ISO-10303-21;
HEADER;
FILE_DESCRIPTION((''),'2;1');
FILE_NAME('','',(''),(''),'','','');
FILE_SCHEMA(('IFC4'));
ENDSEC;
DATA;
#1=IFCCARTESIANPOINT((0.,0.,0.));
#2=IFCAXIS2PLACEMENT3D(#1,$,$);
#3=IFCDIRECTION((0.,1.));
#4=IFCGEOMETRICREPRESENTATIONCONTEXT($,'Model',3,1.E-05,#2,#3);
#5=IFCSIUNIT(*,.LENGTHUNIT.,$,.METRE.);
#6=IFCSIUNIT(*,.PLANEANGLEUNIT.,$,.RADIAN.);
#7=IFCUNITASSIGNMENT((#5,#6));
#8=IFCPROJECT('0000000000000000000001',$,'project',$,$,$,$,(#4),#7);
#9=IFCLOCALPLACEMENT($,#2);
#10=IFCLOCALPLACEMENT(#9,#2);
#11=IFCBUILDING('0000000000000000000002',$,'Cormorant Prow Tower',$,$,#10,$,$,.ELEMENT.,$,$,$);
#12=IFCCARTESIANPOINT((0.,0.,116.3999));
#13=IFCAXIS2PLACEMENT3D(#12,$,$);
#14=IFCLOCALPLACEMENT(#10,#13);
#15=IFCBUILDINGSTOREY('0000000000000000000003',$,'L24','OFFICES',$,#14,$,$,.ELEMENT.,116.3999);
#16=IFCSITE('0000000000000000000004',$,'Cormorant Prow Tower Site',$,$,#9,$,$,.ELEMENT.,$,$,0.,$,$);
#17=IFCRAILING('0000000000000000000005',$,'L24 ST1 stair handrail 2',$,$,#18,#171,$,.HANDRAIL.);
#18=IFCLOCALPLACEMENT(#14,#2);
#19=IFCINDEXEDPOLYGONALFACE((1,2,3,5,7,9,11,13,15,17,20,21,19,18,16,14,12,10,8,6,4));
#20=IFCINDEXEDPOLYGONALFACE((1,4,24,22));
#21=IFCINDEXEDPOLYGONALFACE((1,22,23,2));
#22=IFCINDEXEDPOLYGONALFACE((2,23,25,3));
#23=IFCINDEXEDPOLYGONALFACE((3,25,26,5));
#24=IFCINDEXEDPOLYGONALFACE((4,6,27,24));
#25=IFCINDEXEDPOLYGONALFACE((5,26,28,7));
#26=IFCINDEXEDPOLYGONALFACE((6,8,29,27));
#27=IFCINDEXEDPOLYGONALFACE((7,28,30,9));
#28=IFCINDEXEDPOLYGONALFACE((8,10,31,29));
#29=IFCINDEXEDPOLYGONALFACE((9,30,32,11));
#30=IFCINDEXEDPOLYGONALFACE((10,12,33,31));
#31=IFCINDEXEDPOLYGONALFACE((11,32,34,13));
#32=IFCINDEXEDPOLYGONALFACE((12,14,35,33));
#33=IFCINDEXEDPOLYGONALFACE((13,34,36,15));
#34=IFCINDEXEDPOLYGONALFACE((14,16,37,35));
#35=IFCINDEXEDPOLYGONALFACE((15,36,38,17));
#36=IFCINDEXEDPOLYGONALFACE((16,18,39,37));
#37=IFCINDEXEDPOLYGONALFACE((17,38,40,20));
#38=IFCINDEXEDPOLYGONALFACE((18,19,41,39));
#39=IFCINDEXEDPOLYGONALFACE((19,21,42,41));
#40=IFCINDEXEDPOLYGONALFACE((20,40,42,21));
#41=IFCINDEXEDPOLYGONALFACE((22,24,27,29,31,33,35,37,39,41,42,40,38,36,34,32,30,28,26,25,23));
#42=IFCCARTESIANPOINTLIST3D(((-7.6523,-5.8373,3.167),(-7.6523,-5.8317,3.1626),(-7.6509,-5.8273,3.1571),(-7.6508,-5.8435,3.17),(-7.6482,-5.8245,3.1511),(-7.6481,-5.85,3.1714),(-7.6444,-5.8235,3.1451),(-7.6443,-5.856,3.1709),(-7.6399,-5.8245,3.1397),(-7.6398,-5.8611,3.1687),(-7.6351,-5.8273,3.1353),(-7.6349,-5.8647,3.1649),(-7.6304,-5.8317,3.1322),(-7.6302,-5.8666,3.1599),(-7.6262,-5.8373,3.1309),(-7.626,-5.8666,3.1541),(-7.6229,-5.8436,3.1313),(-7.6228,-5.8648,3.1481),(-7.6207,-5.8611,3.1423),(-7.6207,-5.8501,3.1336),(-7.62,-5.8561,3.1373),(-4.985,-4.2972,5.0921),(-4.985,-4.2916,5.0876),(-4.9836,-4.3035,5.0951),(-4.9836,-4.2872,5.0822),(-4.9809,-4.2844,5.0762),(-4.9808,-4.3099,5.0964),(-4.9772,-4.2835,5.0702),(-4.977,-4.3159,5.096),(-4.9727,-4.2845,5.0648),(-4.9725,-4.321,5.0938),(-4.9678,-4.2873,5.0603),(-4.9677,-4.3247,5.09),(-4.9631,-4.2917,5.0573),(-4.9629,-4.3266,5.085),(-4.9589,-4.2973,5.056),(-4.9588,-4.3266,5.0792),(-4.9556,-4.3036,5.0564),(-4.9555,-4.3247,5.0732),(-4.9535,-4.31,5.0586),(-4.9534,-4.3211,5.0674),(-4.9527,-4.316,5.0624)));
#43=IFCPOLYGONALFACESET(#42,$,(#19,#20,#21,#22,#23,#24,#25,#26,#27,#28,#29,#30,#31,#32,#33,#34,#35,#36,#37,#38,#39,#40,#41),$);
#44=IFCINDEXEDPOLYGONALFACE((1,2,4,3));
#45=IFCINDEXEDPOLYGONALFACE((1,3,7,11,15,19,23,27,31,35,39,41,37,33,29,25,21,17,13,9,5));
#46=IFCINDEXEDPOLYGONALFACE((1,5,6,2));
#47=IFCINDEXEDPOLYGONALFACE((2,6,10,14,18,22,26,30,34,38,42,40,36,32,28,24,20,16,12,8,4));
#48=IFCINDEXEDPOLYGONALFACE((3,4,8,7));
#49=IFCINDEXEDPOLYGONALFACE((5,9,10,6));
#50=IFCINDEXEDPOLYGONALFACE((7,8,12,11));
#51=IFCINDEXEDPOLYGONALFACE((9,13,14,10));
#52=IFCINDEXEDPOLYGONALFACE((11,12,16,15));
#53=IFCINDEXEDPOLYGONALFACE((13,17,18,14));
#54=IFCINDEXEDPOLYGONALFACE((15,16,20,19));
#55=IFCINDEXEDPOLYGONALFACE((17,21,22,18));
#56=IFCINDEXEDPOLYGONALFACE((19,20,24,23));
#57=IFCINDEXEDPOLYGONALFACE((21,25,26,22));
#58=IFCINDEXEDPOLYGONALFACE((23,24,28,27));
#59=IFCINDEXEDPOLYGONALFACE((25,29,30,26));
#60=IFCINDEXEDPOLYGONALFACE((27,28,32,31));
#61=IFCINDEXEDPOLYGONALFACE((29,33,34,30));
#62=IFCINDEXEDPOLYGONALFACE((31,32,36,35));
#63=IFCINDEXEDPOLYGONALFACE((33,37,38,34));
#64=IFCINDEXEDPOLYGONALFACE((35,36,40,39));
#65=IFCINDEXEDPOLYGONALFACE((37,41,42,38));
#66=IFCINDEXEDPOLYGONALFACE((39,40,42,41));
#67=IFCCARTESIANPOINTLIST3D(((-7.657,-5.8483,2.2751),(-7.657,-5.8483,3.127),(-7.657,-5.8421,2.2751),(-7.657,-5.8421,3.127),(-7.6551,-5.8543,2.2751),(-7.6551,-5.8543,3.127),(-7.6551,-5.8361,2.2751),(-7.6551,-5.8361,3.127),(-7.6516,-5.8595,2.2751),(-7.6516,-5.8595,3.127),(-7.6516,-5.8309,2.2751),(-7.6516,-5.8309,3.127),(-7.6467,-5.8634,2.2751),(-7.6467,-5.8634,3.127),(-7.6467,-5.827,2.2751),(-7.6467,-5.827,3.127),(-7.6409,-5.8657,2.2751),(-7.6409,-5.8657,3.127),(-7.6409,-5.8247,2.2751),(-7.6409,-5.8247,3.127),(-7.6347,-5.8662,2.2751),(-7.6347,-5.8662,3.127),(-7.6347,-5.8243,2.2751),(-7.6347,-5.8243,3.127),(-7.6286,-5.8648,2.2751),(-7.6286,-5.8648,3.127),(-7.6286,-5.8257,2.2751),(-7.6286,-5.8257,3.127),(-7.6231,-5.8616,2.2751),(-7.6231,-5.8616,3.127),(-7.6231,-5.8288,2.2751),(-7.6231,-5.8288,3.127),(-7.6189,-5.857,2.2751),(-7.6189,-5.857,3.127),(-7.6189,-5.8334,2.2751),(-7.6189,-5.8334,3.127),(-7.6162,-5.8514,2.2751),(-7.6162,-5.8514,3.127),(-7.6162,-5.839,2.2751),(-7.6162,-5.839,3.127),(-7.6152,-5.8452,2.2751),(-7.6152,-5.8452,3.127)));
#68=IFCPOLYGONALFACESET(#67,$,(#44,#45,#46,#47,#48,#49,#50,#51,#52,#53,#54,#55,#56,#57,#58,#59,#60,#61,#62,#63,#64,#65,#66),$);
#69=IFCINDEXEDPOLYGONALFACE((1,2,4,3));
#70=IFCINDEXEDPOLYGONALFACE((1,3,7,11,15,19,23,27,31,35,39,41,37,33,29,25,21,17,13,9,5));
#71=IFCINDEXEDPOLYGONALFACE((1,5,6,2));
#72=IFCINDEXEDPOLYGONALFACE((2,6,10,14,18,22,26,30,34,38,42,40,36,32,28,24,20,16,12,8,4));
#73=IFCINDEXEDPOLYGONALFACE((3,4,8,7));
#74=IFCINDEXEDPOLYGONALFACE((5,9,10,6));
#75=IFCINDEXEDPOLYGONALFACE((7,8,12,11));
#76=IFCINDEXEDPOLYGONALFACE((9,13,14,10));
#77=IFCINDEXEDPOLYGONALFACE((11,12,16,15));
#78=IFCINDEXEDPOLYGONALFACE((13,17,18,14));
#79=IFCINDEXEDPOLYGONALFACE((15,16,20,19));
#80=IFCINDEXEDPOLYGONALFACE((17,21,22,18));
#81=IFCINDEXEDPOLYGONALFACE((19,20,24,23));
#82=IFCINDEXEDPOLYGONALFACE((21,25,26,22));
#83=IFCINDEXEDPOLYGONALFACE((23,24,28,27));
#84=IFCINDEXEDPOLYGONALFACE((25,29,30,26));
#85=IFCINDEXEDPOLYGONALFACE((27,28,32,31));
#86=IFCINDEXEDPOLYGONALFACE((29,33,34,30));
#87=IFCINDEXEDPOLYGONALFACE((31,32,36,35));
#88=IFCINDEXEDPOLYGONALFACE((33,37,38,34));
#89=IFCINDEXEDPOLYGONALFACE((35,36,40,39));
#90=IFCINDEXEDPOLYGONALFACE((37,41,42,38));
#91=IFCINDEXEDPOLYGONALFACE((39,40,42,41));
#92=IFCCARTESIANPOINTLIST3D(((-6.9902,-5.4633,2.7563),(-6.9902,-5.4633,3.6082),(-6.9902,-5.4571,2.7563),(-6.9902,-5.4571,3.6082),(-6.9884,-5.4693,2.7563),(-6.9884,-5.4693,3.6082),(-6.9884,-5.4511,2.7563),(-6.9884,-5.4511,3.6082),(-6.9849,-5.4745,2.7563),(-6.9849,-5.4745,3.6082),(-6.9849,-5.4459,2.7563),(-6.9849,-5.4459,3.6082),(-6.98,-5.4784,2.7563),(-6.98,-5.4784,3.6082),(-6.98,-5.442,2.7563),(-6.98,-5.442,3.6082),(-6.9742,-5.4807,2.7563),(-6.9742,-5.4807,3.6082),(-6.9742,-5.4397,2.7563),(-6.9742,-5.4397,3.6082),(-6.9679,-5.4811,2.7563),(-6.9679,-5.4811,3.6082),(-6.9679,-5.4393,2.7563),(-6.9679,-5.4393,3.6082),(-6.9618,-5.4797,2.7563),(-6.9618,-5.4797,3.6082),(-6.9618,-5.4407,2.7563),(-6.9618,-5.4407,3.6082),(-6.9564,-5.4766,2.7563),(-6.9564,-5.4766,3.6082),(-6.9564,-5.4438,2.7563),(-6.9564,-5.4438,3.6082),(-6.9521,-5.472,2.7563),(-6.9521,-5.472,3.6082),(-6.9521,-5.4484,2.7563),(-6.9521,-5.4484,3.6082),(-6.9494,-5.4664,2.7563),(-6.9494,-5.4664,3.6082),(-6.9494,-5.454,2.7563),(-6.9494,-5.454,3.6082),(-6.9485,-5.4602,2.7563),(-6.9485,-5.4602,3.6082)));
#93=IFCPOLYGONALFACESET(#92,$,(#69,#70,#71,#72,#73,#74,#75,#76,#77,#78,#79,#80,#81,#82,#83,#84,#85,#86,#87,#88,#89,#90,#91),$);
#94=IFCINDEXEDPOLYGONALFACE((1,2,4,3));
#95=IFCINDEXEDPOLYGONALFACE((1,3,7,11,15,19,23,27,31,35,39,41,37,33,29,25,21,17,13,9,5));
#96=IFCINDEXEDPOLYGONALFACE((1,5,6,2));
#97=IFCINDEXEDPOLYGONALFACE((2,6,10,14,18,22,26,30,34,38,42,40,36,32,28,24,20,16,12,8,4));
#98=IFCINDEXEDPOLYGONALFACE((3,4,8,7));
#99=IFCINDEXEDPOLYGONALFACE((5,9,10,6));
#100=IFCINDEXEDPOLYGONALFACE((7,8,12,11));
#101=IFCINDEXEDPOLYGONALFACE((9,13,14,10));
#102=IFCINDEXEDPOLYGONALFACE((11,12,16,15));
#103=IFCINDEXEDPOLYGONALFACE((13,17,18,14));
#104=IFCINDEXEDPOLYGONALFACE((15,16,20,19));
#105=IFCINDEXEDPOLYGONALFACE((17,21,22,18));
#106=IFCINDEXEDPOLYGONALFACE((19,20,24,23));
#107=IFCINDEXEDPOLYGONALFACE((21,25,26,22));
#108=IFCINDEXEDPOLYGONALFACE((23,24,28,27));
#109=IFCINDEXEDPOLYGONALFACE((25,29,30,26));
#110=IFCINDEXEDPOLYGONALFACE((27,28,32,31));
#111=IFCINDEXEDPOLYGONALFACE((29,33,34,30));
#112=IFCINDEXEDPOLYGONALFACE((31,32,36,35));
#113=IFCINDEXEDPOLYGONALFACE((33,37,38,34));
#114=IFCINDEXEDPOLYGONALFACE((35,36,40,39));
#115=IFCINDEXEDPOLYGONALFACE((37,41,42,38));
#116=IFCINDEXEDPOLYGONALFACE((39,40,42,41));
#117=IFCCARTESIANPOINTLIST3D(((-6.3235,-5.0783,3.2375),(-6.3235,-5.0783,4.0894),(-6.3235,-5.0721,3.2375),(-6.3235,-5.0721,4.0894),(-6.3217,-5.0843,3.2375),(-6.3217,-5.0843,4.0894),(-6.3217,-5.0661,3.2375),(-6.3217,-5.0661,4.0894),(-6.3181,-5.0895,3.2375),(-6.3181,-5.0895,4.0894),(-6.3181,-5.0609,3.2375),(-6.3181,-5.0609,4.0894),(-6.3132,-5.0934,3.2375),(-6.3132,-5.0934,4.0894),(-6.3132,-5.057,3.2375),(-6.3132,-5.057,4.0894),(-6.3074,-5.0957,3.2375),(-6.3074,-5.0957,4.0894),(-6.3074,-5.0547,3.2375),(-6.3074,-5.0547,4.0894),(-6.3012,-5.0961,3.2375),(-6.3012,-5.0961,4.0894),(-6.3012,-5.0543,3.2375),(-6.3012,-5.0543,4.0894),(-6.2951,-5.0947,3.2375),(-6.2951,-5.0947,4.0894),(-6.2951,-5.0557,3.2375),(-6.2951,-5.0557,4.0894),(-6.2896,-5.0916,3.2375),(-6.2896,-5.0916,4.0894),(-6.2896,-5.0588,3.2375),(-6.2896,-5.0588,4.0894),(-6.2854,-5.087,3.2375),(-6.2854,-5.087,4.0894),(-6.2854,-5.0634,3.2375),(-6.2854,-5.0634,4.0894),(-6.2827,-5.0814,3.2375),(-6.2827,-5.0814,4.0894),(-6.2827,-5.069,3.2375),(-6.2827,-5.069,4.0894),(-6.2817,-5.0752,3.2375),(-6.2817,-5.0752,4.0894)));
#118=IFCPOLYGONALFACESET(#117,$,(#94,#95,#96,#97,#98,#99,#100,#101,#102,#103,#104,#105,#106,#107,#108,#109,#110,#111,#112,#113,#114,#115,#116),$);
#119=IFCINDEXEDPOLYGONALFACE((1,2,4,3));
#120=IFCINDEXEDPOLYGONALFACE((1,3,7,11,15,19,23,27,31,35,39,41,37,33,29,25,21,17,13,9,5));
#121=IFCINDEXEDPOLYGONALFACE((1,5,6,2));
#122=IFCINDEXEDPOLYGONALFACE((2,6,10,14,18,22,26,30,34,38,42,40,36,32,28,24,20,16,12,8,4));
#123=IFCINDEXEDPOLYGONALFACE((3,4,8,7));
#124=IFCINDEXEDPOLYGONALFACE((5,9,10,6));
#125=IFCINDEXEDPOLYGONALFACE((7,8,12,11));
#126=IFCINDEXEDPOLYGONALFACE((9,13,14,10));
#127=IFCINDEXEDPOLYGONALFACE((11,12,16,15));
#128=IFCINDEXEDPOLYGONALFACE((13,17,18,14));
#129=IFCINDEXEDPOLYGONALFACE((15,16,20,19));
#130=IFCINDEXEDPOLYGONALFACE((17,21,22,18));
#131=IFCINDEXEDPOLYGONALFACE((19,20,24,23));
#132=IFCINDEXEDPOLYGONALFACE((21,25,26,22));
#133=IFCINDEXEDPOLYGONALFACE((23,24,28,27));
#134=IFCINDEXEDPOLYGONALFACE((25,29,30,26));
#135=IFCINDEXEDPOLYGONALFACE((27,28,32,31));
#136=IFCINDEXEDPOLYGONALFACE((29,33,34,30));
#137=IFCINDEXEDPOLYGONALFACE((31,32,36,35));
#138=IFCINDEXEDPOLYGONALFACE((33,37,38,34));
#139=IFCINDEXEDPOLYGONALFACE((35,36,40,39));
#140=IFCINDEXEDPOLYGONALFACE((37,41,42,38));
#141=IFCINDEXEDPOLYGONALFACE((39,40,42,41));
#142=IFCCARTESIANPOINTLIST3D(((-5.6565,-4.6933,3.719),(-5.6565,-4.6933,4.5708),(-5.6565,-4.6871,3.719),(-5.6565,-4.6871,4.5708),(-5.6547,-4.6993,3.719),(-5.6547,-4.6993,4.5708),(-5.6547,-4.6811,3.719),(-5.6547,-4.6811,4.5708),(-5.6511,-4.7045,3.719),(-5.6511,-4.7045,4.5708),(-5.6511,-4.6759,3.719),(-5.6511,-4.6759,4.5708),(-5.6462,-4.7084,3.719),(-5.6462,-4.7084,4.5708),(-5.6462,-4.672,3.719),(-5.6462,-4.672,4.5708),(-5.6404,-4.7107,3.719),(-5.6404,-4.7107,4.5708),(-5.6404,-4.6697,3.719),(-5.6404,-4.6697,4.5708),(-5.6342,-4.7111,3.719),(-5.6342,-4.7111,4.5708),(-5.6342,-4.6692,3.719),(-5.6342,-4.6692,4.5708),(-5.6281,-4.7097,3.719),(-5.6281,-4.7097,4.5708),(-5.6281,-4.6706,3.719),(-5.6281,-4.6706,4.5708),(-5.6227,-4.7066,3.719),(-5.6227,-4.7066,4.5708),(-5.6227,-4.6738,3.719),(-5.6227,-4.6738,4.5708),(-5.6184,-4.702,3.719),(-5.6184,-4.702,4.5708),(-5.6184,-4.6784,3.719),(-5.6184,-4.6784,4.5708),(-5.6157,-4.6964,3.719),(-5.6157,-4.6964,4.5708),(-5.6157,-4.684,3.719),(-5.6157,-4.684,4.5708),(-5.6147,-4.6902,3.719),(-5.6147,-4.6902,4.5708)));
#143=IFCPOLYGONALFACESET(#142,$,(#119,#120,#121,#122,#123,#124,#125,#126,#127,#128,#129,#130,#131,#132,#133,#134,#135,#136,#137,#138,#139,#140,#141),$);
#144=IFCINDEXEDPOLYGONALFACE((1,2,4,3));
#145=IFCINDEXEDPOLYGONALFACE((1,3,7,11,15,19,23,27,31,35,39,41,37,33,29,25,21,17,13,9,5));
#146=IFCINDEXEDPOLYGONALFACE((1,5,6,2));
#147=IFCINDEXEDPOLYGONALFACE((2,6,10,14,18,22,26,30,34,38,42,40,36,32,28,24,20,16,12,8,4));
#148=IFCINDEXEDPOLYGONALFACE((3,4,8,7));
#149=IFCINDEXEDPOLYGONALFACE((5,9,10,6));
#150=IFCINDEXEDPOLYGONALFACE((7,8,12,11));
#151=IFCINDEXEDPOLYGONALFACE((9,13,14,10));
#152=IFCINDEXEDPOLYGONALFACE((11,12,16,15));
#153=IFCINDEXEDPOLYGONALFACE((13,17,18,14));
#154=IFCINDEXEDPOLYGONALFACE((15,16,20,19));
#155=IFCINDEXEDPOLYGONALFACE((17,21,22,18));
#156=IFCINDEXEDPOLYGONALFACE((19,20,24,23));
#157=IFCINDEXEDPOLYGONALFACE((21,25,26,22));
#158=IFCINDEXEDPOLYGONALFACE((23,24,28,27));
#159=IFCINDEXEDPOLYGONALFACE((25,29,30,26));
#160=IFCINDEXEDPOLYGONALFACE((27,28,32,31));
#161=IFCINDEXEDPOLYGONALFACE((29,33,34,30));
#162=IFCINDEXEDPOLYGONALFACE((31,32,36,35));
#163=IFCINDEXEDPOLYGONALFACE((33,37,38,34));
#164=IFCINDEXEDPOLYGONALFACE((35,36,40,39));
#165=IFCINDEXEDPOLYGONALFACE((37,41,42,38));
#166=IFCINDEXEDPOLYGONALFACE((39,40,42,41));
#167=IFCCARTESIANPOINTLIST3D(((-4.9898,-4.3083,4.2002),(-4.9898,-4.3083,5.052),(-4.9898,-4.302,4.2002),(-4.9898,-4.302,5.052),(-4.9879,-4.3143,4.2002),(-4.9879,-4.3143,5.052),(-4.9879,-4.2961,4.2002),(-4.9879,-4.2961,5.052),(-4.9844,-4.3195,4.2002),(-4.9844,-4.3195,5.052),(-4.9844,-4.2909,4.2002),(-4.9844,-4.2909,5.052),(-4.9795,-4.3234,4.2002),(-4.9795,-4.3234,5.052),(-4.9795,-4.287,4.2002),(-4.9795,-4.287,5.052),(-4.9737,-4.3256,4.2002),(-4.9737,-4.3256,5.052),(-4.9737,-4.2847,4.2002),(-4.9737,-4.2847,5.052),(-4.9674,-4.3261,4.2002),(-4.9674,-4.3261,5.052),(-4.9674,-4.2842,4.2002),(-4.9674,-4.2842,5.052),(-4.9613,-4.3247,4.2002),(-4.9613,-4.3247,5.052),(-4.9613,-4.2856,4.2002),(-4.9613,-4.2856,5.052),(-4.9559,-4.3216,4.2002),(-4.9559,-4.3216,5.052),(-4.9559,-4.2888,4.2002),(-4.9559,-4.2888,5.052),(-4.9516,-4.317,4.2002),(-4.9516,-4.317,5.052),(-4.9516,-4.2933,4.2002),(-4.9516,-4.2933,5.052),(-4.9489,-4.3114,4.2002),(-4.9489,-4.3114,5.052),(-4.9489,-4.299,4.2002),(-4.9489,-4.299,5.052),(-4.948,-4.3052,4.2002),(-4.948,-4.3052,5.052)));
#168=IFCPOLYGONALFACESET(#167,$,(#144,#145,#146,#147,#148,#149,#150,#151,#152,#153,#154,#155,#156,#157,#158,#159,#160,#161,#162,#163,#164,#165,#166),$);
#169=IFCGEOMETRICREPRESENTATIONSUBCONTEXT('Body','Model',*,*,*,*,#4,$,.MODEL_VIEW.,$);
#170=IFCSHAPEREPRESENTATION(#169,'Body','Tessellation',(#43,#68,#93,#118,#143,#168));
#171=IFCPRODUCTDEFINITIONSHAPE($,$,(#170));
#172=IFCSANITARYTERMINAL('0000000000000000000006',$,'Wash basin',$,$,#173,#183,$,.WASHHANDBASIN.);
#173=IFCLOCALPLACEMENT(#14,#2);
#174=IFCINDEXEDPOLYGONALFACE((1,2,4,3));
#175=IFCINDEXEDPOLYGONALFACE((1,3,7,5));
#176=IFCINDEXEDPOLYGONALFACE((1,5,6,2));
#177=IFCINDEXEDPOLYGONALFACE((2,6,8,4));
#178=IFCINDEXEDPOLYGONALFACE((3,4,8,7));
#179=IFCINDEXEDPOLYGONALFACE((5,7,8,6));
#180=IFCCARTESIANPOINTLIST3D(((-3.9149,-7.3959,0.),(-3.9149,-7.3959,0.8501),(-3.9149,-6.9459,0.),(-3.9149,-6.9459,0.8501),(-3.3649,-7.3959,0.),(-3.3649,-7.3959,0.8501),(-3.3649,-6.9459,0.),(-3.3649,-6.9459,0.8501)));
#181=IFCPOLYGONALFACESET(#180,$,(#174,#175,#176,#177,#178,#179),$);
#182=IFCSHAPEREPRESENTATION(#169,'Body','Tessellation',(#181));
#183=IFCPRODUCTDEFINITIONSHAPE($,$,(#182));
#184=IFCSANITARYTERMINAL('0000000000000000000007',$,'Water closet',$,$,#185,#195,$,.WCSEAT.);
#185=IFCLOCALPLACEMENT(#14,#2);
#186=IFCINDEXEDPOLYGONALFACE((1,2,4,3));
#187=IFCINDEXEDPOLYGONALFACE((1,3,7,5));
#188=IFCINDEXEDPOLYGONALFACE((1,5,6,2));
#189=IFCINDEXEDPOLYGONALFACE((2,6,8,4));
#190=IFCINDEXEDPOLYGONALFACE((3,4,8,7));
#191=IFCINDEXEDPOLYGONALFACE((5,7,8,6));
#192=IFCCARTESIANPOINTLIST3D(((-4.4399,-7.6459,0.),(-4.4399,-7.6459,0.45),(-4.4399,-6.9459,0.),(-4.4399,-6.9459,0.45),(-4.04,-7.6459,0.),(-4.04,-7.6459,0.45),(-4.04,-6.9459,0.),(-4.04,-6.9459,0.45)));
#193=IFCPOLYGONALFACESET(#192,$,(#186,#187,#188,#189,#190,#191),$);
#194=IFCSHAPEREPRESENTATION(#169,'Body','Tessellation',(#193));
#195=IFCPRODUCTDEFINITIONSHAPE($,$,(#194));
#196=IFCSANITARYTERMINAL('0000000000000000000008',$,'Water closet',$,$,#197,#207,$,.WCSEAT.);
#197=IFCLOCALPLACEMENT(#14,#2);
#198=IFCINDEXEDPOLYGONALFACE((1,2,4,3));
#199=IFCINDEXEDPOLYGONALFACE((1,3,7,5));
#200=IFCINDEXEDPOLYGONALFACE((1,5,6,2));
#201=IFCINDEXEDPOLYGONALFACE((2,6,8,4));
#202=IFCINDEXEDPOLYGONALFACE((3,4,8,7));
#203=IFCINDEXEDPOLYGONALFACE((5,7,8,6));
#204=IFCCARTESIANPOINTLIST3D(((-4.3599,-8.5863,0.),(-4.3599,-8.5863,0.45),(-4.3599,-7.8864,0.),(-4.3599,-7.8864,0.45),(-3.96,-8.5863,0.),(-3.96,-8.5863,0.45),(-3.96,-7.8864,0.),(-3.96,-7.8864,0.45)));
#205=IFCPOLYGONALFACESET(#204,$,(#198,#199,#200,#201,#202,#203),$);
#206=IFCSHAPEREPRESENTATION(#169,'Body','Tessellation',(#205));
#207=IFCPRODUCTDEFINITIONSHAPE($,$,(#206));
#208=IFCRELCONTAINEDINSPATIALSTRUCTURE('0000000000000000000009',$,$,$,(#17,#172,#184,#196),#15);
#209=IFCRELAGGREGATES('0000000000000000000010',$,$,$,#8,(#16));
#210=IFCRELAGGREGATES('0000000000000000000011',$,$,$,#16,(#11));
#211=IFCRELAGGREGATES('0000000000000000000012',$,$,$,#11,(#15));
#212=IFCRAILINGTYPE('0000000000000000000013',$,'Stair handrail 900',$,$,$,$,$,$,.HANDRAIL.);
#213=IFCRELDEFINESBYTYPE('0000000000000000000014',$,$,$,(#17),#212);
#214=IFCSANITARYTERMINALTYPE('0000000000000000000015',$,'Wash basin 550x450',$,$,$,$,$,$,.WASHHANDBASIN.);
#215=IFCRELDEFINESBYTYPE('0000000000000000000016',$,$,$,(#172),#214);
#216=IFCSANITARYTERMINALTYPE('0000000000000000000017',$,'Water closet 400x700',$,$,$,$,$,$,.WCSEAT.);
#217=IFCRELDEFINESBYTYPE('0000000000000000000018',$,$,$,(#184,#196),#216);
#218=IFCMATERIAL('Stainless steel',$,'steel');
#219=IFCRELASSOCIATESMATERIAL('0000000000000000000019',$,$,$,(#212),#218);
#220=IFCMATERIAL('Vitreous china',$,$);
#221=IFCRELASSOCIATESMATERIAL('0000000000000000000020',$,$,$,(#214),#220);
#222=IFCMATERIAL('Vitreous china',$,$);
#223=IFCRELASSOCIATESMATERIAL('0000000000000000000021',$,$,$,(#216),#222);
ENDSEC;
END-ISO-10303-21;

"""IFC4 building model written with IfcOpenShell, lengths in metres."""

from ifc_helpers import new_model, si_unit, direction, frame, origin, origin_2d, place, context, subcontext, project, spatial, rectangle, circle, extrude, material, type_object, element, save


model = new_model("IFC4")

# Units and contexts
model_context = context("Model", 3, precision=1e-05, world=origin(), true_north=direction((0.0, 1.0)))
body_context = subcontext(model_context, "Body", "Model", "MODEL_VIEW")
ifc_project = project(units=[si_unit("LENGTHUNIT", "METRE"), si_unit("PLANEANGLEUNIT", "RADIAN")], contexts=[model_context])

# Site, building, storey
site_placement = place(None, origin())
site = spatial("IfcSite", under=ifc_project, at=site_placement, Name="Cormorant Prow Tower Site", CompositionType="ELEMENT", RefElevation=0.0)
building_placement = place(site_placement, origin())
building = spatial("IfcBuilding", under=site, at=building_placement, Name="Cormorant Prow Tower", CompositionType="ELEMENT")
storey_placement = place(building_placement, frame((0.0, 0.0, 116.3999)))
storey = spatial("IfcBuildingStorey", under=building, at=storey_placement, Name="L24", Description="OFFICES", CompositionType="ELEMENT", Elevation=116.3999)

# Railing
ifc_material_1 = material(Name="Stainless steel", Category="steel")
railing_type_1 = type_object("IfcRailingType", Name="Stair handrail 900", PredefinedType="HANDRAIL", material=ifc_material_1)
railing_1_placement = place(storey_placement, frame((-7.6362, -5.8452, 2.2751)))
element("IfcRailing", 1, at=railing_1_placement, inside=storey, type_object=railing_type_1, Name="L24 ST1 stair handrail 2", PredefinedType="HANDRAIL", context=body_context, shape_type="SweptSolid", body=[
    extrude(circle(Radius=0.0239, at=origin_2d()), frame((0.0, 0.0, 0.876), z_axis=(0.734364, 0.424015, 0.530019), x_axis=(-0.500027, 0.86601, 0.0)), (0.0, 0.0, 1.0), 3.6321),
    extrude(circle(Radius=0.021, at=origin_2d()), origin(), (0.0, 0.0, 1.0), 0.8518),
    extrude(circle(Radius=0.021, at=origin_2d()), frame((0.6667, 0.385, 0.4812)), (0.0, 0.0, 1.0), 0.8518),
    extrude(circle(Radius=0.021, at=origin_2d()), frame((1.3335, 0.77, 0.9624)), (0.0, 0.0, 1.0), 0.8518),
    extrude(circle(Radius=0.021, at=origin_2d()), frame((2.0005, 1.155, 1.4438)), (0.0, 0.0, 1.0), 0.8518),
    extrude(circle(Radius=0.021, at=origin_2d()), frame((2.6672, 1.54, 1.925)), (0.0, 0.0, 1.0), 0.8518),
])

# Sanitary terminals
ifc_material_2 = material(Name="Vitreous china")
sanitary_terminal_type_1 = type_object("IfcSanitaryTerminalType", Name="Wash basin 550x450", PredefinedType="WASHHANDBASIN", material=ifc_material_2)
sanitary_terminal_placement = place(storey_placement, frame((-3.6399, -7.1709, 0.0), z_axis=(0.0, 0.0, 1.0), x_axis=(-1.0, 0.0, 0.0)))
element("IfcSanitaryTerminal", 2, at=sanitary_terminal_placement, inside=storey, type_object=sanitary_terminal_type_1, Name="Wash basin", PredefinedType="WASHHANDBASIN", context=body_context, shape_type="SweptSolid", body=[
    extrude(rectangle(XDim=0.55, YDim=0.45, at=origin_2d()), origin(), (0.0, 0.0, 1.0), 0.8501),
])
ifc_material_3 = material(Name="Vitreous china")
sanitary_terminal_type_2 = type_object("IfcSanitaryTerminalType", Name="Water closet 400x700", PredefinedType="WCSEAT", material=ifc_material_3)
for number, where, z_axis, x_axis, name in (
    (3, (-4.24, -7.2959, 0.0), (0.0, 0.0, 1.0), (-1.0, 0.0, 0.0), "Water closet"),
    (4, (-4.1599, -8.2363, 0.0), (0.0, 0.0, 1.0), (1.0, 0.0, 0.0), "Water closet"),
):
    element("IfcSanitaryTerminal", number, at=place(storey_placement, frame(where, z_axis=z_axis, x_axis=x_axis)), inside=storey, type_object=sanitary_terminal_type_2, Name=name, PredefinedType="WCSEAT", context=body_context, shape_type="SweptSolid", body=[
        extrude(rectangle(XDim=0.3999, YDim=0.7, at=origin_2d()), origin(), (0.0, 0.0, 1.0), 0.45),
    ])

save(model, "model.ifc")
